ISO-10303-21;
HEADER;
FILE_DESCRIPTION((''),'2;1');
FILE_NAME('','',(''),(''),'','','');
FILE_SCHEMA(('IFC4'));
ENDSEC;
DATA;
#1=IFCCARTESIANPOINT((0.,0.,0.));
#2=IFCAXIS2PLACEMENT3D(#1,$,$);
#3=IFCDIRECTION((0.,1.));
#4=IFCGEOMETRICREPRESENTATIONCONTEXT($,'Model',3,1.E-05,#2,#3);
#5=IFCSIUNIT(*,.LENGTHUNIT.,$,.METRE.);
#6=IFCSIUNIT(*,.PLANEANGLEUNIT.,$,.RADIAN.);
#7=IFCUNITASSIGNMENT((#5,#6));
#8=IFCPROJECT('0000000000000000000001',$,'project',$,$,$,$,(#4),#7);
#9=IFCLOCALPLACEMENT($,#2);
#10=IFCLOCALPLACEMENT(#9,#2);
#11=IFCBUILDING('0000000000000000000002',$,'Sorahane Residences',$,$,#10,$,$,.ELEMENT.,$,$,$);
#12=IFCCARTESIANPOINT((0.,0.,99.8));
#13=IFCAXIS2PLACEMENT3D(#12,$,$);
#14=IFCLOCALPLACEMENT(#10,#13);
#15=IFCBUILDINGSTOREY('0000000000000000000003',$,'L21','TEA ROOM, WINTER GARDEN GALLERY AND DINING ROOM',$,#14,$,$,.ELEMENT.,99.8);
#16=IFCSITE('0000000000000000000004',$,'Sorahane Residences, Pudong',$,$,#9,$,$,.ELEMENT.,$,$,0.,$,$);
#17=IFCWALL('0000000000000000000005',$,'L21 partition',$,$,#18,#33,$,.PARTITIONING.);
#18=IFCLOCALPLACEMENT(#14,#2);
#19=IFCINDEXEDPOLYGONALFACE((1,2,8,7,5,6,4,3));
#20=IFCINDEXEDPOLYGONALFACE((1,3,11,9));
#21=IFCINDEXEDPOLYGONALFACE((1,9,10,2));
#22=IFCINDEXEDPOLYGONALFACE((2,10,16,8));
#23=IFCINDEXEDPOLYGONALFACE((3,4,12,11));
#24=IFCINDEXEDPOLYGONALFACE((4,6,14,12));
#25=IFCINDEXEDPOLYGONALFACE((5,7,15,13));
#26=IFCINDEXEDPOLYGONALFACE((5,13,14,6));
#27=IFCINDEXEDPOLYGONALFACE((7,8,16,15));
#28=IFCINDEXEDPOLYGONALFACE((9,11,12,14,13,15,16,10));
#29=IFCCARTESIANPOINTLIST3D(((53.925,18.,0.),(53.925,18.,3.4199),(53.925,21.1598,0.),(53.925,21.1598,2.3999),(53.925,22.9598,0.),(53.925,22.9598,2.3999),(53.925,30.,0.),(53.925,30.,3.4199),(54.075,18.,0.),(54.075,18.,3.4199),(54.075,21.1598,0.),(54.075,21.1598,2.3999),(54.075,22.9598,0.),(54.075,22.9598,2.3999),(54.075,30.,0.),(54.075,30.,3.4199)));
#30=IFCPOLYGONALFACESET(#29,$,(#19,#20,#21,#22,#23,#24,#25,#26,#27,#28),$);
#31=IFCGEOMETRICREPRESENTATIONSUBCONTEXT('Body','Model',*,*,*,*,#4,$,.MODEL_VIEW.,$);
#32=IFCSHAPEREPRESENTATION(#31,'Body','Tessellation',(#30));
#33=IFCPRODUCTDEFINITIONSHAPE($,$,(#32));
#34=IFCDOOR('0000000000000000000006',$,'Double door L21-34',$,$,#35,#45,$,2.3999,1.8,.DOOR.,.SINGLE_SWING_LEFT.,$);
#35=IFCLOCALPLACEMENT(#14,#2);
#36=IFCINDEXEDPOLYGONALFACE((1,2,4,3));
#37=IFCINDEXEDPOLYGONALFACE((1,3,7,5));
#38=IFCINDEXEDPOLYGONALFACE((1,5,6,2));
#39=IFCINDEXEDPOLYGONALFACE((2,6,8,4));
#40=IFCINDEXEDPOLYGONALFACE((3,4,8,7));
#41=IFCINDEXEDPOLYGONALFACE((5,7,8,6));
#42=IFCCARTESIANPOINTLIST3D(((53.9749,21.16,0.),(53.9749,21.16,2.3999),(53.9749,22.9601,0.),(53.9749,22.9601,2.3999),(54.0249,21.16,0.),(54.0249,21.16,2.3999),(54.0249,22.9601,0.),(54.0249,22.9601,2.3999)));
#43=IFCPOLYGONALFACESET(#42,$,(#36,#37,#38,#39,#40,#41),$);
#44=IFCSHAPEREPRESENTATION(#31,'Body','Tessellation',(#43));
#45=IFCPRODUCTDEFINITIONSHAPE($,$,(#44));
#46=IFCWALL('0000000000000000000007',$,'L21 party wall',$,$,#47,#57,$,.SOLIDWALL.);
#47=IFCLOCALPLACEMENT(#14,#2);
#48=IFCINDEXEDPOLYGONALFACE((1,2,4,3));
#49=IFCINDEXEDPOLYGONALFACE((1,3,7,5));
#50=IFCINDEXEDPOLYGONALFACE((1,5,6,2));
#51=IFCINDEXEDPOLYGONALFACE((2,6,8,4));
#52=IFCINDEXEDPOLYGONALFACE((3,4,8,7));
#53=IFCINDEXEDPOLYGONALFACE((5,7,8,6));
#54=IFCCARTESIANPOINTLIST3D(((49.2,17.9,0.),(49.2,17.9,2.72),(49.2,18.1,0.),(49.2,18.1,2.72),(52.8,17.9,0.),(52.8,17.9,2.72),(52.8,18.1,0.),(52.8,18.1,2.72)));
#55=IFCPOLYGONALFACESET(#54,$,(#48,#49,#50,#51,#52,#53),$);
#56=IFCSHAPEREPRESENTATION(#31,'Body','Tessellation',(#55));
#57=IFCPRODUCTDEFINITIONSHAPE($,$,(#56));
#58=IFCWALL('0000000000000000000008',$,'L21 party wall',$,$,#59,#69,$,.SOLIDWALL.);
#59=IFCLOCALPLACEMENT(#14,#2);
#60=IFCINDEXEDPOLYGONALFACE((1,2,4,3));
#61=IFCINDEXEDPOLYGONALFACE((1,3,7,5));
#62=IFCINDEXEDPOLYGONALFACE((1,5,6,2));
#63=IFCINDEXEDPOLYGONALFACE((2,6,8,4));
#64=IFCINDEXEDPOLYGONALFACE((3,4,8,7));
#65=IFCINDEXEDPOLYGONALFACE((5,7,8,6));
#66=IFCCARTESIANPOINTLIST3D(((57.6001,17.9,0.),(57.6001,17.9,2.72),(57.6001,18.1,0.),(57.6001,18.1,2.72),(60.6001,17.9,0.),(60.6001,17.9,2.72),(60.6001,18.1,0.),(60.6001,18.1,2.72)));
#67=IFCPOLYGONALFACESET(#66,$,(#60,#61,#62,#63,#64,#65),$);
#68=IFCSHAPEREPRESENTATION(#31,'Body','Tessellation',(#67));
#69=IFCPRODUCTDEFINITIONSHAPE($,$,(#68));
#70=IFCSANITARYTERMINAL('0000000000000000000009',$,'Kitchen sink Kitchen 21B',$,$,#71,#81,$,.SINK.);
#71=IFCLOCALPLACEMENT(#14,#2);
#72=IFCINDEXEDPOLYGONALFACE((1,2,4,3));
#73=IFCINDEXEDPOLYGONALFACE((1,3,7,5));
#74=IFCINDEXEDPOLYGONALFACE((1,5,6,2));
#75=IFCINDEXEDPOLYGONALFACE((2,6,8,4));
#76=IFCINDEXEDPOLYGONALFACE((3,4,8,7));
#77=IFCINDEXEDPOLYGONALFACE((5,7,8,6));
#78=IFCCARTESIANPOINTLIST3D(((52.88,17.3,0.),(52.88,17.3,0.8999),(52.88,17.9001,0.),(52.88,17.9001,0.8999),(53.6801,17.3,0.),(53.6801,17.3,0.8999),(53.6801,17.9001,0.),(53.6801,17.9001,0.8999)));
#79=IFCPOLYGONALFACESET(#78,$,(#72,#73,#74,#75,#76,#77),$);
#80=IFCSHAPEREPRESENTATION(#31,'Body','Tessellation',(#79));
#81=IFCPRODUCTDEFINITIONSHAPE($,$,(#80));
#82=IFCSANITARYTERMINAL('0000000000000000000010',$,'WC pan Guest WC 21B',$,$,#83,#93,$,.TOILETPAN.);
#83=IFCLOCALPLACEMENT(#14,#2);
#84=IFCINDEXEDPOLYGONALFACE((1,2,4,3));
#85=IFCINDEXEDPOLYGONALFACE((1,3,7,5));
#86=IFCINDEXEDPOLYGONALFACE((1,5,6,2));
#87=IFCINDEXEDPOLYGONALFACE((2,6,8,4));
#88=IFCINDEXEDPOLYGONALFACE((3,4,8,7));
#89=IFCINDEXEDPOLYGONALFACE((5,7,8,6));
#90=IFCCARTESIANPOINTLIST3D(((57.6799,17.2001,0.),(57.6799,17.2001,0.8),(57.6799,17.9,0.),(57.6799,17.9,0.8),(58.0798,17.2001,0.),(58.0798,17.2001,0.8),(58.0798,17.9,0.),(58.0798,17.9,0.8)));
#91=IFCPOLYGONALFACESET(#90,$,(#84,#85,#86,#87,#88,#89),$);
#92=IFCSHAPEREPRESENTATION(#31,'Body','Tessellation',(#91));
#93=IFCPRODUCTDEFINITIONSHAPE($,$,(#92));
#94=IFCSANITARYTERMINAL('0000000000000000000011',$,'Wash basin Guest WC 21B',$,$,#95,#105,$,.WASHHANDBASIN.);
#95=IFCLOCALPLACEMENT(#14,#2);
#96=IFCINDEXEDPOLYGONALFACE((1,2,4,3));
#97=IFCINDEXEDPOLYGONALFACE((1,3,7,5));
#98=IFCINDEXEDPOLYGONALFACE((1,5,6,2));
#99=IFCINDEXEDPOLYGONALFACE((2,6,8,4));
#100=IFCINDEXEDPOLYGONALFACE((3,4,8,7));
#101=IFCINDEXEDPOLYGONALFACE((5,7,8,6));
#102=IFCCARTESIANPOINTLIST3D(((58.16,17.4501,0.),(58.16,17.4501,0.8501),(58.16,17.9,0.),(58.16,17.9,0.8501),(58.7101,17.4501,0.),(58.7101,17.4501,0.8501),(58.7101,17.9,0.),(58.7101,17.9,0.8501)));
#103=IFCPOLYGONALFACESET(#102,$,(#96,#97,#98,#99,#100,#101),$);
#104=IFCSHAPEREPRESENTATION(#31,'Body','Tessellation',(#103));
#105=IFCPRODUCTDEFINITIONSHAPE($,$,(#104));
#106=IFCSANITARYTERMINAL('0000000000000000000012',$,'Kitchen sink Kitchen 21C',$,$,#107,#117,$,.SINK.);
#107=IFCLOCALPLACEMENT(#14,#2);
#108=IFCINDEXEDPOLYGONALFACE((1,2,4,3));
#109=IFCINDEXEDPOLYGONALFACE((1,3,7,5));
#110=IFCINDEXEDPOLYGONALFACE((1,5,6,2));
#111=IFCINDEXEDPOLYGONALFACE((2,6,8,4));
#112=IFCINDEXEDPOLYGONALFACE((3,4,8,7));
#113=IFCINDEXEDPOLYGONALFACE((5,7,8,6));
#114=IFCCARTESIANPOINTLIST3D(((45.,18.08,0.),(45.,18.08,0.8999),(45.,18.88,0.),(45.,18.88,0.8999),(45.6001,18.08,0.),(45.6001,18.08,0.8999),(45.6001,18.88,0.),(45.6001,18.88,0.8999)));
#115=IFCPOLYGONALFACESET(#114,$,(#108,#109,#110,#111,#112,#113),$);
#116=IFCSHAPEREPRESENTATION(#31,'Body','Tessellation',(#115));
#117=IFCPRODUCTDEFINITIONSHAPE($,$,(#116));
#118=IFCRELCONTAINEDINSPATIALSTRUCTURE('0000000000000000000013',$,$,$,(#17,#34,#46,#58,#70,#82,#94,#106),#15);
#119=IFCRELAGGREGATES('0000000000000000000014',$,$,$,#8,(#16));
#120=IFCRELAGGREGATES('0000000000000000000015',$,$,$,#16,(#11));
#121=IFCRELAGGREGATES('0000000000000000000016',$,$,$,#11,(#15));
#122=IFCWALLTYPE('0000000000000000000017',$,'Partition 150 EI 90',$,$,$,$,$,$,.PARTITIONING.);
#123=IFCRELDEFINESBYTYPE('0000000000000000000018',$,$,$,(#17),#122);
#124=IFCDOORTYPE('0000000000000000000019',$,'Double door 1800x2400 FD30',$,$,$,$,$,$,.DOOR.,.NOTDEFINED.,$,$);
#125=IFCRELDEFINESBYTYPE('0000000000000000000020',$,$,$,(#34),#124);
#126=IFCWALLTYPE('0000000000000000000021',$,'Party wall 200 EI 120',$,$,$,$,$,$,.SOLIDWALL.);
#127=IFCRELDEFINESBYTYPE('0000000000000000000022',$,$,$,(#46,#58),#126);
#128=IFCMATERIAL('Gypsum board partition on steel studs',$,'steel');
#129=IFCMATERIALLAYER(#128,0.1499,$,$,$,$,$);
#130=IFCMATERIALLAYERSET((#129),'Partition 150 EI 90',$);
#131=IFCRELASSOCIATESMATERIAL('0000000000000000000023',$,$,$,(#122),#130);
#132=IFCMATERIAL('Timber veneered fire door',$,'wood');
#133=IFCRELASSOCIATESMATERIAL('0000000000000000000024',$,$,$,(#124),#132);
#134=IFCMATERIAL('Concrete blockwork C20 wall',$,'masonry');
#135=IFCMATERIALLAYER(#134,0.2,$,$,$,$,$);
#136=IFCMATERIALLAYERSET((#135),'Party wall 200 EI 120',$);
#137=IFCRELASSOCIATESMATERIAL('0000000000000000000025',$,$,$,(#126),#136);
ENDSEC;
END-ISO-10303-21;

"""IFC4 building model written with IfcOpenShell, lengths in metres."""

from ifc_helpers import new_model, si_unit, direction, frame, frame_2d, origin, origin_2d, place, context, subcontext, project, spatial, rectangle, extrude, material, layer, layer_set, type_object, element, fill, save


model = new_model("IFC4")

# Units and contexts
model_context = context("Model", 3, precision=1e-05, world=origin(), true_north=direction((0.0, 1.0)))
body_context = subcontext(model_context, "Body", "Model", "MODEL_VIEW")
ifc_project = project(units=[si_unit("LENGTHUNIT", "METRE"), si_unit("PLANEANGLEUNIT", "RADIAN")], contexts=[model_context])

# Site, building, storey
site_placement = place(None, origin())
site = spatial("IfcSite", under=ifc_project, at=site_placement, Name="Sorahane Residences, Pudong", CompositionType="ELEMENT", RefElevation=0.0)
building_placement = place(site_placement, origin())
building = spatial("IfcBuilding", under=site, at=building_placement, Name="Sorahane Residences", CompositionType="ELEMENT")
storey_placement = place(building_placement, frame((0.0, 0.0, 99.8)))
storey = spatial("IfcBuildingStorey", under=building, at=storey_placement, Name="L21", Description="TEA ROOM, WINTER GARDEN GALLERY AND DINING ROOM", CompositionType="ELEMENT", Elevation=99.8)

# Shared definitions
ifc_material_1 = material(Name="Gypsum board partition on steel studs", Category="steel")
ifc_layer_1 = layer(ifc_material_1, 0.1499)
ifc_layer_set_1 = layer_set([ifc_layer_1], Name="Partition 150 EI 90")
wall_type_1 = type_object("IfcWallType", Name="Partition 150 EI 90", PredefinedType="PARTITIONING", material=ifc_layer_set_1)
ifc_material_2 = material(Name="Timber veneered fire door", Category="wood")
door_type_1 = type_object("IfcDoorType", Name="Double door 1800x2400 FD30", OperationType="NOTDEFINED", PredefinedType="DOOR", material=ifc_material_2)

# Wall, opening, door
wall_1_placement = place(storey_placement, frame((54.0, 18.0, 0.0), z_axis=(0.0, 0.0, 1.0), x_axis=(0.0, 1.0, 0.0)))
wall_1 = element("IfcWall", 1, at=wall_1_placement, inside=storey, type_object=wall_type_1, Name="L21 partition", PredefinedType="PARTITIONING", context=body_context, shape_type="SweptSolid", body=[
    extrude(rectangle(XDim=12.0, YDim=0.1499, at=frame_2d((6.0, 0.0))), origin(), (0.0, 0.0, 1.0), 3.4199),
])
opening_1_placement = place(wall_1_placement, frame((3.1599, 0.0, 0.0)))
opening_1 = element("IfcOpeningElement", 2, at=opening_1_placement, cuts=wall_1, PredefinedType="OPENING", context=body_context, shape_type="SweptSolid", body=[
    extrude(rectangle(XDim=1.8, YDim=2.3999, at=frame_2d((0.8999, 1.2))), frame((0.0, 0.085, 0.0), z_axis=(0.0, -1.0, 0.0), x_axis=(1.0, 0.0, 0.0)), (0.0, 0.0, 1.0), 0.1699),
])
door_1_placement = place(opening_1_placement, frame((1.8, 0.0, 0.0), z_axis=(0.0, 0.0, 1.0), x_axis=(-1.0, 0.0, 0.0)))
door_1 = element("IfcDoor", 3, at=door_1_placement, inside=storey, type_object=door_type_1, Name="Double door L21-34", OperationType="SINGLE_SWING_LEFT", OverallHeight=2.3999, OverallWidth=1.8, PredefinedType="DOOR", context=body_context, shape_type="SweptSolid", body=[
    extrude(rectangle(XDim=1.8, YDim=2.3999, at=frame_2d((0.8999, 1.2))), frame((0.0, 0.0249, 0.0), z_axis=(0.0, -1.0, 0.0), x_axis=(1.0, 0.0, 0.0)), (0.0, 0.0, 1.0), 0.05),
])
fill(opening_1, door_1)

# Walls
ifc_material_3 = material(Name="Concrete blockwork C20 wall", Category="masonry")
ifc_layer_2 = layer(ifc_material_3, 0.2)
ifc_layer_set_2 = layer_set([ifc_layer_2], Name="Party wall 200 EI 120")
wall_type_2 = type_object("IfcWallType", Name="Party wall 200 EI 120", PredefinedType="SOLIDWALL", material=ifc_layer_set_2)
wall_2_placement = place(storey_placement, frame((49.2, 18.0, 0.0), z_axis=(0.0, 0.0, 1.0), x_axis=(1.0, 0.0, 0.0)))
element("IfcWall", 4, at=wall_2_placement, inside=storey, type_object=wall_type_2, Name="L21 party wall", PredefinedType="SOLIDWALL", context=body_context, shape_type="SweptSolid", body=[
    extrude(rectangle(XDim=3.6001, YDim=0.2, at=frame_2d((1.8, 0.0))), origin(), (0.0, 0.0, 1.0), 2.72),
])
wall_3_placement = place(storey_placement, frame((57.6001, 18.0, 0.0), z_axis=(0.0, 0.0, 1.0), x_axis=(1.0, 0.0, 0.0)))
element("IfcWall", 5, at=wall_3_placement, inside=storey, type_object=wall_type_2, Name="L21 party wall", PredefinedType="SOLIDWALL", context=body_context, shape_type="SweptSolid", body=[
    extrude(rectangle(XDim=3.0, YDim=0.2, at=frame_2d((1.5, 0.0))), origin(), (0.0, 0.0, 1.0), 2.72),
])

# Sanitary terminals
sanitary_terminal_1_placement = place(storey_placement, frame((53.28, 17.6001, 0.0), z_axis=(0.0, 0.0, 1.0), x_axis=(1.0, 0.0, 0.0)))
element("IfcSanitaryTerminal", 6, at=sanitary_terminal_1_placement, inside=storey, Name="Kitchen sink Kitchen 21B", PredefinedType="SINK", context=body_context, shape_type="SweptSolid", body=[
    extrude(rectangle(XDim=0.8, YDim=0.6001, at=origin_2d()), origin(), (0.0, 0.0, 1.0), 0.8999),
])
sanitary_terminal_2_placement = place(storey_placement, frame((57.8799, 17.55, 0.0), z_axis=(0.0, 0.0, 1.0), x_axis=(1.0, 0.0, 0.0)))
element("IfcSanitaryTerminal", 7, at=sanitary_terminal_2_placement, inside=storey, Name="WC pan Guest WC 21B", PredefinedType="TOILETPAN", context=body_context, shape_type="SweptSolid", body=[
    extrude(rectangle(XDim=0.3999, YDim=0.7, at=origin_2d()), origin(), (0.0, 0.0, 1.0), 0.8),
])
sanitary_terminal_3_placement = place(storey_placement, frame((58.4351, 17.675, 0.0), z_axis=(0.0, 0.0, 1.0), x_axis=(1.0, 0.0, 0.0)))
element("IfcSanitaryTerminal", 8, at=sanitary_terminal_3_placement, inside=storey, Name="Wash basin Guest WC 21B", PredefinedType="WASHHANDBASIN", context=body_context, shape_type="SweptSolid", body=[
    extrude(rectangle(XDim=0.55, YDim=0.45, at=origin_2d()), origin(), (0.0, 0.0, 1.0), 0.8501),
])
sanitary_terminal_4_placement = place(storey_placement, frame((45.3, 18.48, 0.0), z_axis=(0.0, 0.0, 1.0), x_axis=(0.0, 1.0, 0.0)))
element("IfcSanitaryTerminal", 9, at=sanitary_terminal_4_placement, inside=storey, Name="Kitchen sink Kitchen 21C", PredefinedType="SINK", context=body_context, shape_type="SweptSolid", body=[
    extrude(rectangle(XDim=0.8, YDim=0.6001, at=origin_2d()), origin(), (0.0, 0.0, 1.0), 0.8999),
])

save(model, "model.ifc")
